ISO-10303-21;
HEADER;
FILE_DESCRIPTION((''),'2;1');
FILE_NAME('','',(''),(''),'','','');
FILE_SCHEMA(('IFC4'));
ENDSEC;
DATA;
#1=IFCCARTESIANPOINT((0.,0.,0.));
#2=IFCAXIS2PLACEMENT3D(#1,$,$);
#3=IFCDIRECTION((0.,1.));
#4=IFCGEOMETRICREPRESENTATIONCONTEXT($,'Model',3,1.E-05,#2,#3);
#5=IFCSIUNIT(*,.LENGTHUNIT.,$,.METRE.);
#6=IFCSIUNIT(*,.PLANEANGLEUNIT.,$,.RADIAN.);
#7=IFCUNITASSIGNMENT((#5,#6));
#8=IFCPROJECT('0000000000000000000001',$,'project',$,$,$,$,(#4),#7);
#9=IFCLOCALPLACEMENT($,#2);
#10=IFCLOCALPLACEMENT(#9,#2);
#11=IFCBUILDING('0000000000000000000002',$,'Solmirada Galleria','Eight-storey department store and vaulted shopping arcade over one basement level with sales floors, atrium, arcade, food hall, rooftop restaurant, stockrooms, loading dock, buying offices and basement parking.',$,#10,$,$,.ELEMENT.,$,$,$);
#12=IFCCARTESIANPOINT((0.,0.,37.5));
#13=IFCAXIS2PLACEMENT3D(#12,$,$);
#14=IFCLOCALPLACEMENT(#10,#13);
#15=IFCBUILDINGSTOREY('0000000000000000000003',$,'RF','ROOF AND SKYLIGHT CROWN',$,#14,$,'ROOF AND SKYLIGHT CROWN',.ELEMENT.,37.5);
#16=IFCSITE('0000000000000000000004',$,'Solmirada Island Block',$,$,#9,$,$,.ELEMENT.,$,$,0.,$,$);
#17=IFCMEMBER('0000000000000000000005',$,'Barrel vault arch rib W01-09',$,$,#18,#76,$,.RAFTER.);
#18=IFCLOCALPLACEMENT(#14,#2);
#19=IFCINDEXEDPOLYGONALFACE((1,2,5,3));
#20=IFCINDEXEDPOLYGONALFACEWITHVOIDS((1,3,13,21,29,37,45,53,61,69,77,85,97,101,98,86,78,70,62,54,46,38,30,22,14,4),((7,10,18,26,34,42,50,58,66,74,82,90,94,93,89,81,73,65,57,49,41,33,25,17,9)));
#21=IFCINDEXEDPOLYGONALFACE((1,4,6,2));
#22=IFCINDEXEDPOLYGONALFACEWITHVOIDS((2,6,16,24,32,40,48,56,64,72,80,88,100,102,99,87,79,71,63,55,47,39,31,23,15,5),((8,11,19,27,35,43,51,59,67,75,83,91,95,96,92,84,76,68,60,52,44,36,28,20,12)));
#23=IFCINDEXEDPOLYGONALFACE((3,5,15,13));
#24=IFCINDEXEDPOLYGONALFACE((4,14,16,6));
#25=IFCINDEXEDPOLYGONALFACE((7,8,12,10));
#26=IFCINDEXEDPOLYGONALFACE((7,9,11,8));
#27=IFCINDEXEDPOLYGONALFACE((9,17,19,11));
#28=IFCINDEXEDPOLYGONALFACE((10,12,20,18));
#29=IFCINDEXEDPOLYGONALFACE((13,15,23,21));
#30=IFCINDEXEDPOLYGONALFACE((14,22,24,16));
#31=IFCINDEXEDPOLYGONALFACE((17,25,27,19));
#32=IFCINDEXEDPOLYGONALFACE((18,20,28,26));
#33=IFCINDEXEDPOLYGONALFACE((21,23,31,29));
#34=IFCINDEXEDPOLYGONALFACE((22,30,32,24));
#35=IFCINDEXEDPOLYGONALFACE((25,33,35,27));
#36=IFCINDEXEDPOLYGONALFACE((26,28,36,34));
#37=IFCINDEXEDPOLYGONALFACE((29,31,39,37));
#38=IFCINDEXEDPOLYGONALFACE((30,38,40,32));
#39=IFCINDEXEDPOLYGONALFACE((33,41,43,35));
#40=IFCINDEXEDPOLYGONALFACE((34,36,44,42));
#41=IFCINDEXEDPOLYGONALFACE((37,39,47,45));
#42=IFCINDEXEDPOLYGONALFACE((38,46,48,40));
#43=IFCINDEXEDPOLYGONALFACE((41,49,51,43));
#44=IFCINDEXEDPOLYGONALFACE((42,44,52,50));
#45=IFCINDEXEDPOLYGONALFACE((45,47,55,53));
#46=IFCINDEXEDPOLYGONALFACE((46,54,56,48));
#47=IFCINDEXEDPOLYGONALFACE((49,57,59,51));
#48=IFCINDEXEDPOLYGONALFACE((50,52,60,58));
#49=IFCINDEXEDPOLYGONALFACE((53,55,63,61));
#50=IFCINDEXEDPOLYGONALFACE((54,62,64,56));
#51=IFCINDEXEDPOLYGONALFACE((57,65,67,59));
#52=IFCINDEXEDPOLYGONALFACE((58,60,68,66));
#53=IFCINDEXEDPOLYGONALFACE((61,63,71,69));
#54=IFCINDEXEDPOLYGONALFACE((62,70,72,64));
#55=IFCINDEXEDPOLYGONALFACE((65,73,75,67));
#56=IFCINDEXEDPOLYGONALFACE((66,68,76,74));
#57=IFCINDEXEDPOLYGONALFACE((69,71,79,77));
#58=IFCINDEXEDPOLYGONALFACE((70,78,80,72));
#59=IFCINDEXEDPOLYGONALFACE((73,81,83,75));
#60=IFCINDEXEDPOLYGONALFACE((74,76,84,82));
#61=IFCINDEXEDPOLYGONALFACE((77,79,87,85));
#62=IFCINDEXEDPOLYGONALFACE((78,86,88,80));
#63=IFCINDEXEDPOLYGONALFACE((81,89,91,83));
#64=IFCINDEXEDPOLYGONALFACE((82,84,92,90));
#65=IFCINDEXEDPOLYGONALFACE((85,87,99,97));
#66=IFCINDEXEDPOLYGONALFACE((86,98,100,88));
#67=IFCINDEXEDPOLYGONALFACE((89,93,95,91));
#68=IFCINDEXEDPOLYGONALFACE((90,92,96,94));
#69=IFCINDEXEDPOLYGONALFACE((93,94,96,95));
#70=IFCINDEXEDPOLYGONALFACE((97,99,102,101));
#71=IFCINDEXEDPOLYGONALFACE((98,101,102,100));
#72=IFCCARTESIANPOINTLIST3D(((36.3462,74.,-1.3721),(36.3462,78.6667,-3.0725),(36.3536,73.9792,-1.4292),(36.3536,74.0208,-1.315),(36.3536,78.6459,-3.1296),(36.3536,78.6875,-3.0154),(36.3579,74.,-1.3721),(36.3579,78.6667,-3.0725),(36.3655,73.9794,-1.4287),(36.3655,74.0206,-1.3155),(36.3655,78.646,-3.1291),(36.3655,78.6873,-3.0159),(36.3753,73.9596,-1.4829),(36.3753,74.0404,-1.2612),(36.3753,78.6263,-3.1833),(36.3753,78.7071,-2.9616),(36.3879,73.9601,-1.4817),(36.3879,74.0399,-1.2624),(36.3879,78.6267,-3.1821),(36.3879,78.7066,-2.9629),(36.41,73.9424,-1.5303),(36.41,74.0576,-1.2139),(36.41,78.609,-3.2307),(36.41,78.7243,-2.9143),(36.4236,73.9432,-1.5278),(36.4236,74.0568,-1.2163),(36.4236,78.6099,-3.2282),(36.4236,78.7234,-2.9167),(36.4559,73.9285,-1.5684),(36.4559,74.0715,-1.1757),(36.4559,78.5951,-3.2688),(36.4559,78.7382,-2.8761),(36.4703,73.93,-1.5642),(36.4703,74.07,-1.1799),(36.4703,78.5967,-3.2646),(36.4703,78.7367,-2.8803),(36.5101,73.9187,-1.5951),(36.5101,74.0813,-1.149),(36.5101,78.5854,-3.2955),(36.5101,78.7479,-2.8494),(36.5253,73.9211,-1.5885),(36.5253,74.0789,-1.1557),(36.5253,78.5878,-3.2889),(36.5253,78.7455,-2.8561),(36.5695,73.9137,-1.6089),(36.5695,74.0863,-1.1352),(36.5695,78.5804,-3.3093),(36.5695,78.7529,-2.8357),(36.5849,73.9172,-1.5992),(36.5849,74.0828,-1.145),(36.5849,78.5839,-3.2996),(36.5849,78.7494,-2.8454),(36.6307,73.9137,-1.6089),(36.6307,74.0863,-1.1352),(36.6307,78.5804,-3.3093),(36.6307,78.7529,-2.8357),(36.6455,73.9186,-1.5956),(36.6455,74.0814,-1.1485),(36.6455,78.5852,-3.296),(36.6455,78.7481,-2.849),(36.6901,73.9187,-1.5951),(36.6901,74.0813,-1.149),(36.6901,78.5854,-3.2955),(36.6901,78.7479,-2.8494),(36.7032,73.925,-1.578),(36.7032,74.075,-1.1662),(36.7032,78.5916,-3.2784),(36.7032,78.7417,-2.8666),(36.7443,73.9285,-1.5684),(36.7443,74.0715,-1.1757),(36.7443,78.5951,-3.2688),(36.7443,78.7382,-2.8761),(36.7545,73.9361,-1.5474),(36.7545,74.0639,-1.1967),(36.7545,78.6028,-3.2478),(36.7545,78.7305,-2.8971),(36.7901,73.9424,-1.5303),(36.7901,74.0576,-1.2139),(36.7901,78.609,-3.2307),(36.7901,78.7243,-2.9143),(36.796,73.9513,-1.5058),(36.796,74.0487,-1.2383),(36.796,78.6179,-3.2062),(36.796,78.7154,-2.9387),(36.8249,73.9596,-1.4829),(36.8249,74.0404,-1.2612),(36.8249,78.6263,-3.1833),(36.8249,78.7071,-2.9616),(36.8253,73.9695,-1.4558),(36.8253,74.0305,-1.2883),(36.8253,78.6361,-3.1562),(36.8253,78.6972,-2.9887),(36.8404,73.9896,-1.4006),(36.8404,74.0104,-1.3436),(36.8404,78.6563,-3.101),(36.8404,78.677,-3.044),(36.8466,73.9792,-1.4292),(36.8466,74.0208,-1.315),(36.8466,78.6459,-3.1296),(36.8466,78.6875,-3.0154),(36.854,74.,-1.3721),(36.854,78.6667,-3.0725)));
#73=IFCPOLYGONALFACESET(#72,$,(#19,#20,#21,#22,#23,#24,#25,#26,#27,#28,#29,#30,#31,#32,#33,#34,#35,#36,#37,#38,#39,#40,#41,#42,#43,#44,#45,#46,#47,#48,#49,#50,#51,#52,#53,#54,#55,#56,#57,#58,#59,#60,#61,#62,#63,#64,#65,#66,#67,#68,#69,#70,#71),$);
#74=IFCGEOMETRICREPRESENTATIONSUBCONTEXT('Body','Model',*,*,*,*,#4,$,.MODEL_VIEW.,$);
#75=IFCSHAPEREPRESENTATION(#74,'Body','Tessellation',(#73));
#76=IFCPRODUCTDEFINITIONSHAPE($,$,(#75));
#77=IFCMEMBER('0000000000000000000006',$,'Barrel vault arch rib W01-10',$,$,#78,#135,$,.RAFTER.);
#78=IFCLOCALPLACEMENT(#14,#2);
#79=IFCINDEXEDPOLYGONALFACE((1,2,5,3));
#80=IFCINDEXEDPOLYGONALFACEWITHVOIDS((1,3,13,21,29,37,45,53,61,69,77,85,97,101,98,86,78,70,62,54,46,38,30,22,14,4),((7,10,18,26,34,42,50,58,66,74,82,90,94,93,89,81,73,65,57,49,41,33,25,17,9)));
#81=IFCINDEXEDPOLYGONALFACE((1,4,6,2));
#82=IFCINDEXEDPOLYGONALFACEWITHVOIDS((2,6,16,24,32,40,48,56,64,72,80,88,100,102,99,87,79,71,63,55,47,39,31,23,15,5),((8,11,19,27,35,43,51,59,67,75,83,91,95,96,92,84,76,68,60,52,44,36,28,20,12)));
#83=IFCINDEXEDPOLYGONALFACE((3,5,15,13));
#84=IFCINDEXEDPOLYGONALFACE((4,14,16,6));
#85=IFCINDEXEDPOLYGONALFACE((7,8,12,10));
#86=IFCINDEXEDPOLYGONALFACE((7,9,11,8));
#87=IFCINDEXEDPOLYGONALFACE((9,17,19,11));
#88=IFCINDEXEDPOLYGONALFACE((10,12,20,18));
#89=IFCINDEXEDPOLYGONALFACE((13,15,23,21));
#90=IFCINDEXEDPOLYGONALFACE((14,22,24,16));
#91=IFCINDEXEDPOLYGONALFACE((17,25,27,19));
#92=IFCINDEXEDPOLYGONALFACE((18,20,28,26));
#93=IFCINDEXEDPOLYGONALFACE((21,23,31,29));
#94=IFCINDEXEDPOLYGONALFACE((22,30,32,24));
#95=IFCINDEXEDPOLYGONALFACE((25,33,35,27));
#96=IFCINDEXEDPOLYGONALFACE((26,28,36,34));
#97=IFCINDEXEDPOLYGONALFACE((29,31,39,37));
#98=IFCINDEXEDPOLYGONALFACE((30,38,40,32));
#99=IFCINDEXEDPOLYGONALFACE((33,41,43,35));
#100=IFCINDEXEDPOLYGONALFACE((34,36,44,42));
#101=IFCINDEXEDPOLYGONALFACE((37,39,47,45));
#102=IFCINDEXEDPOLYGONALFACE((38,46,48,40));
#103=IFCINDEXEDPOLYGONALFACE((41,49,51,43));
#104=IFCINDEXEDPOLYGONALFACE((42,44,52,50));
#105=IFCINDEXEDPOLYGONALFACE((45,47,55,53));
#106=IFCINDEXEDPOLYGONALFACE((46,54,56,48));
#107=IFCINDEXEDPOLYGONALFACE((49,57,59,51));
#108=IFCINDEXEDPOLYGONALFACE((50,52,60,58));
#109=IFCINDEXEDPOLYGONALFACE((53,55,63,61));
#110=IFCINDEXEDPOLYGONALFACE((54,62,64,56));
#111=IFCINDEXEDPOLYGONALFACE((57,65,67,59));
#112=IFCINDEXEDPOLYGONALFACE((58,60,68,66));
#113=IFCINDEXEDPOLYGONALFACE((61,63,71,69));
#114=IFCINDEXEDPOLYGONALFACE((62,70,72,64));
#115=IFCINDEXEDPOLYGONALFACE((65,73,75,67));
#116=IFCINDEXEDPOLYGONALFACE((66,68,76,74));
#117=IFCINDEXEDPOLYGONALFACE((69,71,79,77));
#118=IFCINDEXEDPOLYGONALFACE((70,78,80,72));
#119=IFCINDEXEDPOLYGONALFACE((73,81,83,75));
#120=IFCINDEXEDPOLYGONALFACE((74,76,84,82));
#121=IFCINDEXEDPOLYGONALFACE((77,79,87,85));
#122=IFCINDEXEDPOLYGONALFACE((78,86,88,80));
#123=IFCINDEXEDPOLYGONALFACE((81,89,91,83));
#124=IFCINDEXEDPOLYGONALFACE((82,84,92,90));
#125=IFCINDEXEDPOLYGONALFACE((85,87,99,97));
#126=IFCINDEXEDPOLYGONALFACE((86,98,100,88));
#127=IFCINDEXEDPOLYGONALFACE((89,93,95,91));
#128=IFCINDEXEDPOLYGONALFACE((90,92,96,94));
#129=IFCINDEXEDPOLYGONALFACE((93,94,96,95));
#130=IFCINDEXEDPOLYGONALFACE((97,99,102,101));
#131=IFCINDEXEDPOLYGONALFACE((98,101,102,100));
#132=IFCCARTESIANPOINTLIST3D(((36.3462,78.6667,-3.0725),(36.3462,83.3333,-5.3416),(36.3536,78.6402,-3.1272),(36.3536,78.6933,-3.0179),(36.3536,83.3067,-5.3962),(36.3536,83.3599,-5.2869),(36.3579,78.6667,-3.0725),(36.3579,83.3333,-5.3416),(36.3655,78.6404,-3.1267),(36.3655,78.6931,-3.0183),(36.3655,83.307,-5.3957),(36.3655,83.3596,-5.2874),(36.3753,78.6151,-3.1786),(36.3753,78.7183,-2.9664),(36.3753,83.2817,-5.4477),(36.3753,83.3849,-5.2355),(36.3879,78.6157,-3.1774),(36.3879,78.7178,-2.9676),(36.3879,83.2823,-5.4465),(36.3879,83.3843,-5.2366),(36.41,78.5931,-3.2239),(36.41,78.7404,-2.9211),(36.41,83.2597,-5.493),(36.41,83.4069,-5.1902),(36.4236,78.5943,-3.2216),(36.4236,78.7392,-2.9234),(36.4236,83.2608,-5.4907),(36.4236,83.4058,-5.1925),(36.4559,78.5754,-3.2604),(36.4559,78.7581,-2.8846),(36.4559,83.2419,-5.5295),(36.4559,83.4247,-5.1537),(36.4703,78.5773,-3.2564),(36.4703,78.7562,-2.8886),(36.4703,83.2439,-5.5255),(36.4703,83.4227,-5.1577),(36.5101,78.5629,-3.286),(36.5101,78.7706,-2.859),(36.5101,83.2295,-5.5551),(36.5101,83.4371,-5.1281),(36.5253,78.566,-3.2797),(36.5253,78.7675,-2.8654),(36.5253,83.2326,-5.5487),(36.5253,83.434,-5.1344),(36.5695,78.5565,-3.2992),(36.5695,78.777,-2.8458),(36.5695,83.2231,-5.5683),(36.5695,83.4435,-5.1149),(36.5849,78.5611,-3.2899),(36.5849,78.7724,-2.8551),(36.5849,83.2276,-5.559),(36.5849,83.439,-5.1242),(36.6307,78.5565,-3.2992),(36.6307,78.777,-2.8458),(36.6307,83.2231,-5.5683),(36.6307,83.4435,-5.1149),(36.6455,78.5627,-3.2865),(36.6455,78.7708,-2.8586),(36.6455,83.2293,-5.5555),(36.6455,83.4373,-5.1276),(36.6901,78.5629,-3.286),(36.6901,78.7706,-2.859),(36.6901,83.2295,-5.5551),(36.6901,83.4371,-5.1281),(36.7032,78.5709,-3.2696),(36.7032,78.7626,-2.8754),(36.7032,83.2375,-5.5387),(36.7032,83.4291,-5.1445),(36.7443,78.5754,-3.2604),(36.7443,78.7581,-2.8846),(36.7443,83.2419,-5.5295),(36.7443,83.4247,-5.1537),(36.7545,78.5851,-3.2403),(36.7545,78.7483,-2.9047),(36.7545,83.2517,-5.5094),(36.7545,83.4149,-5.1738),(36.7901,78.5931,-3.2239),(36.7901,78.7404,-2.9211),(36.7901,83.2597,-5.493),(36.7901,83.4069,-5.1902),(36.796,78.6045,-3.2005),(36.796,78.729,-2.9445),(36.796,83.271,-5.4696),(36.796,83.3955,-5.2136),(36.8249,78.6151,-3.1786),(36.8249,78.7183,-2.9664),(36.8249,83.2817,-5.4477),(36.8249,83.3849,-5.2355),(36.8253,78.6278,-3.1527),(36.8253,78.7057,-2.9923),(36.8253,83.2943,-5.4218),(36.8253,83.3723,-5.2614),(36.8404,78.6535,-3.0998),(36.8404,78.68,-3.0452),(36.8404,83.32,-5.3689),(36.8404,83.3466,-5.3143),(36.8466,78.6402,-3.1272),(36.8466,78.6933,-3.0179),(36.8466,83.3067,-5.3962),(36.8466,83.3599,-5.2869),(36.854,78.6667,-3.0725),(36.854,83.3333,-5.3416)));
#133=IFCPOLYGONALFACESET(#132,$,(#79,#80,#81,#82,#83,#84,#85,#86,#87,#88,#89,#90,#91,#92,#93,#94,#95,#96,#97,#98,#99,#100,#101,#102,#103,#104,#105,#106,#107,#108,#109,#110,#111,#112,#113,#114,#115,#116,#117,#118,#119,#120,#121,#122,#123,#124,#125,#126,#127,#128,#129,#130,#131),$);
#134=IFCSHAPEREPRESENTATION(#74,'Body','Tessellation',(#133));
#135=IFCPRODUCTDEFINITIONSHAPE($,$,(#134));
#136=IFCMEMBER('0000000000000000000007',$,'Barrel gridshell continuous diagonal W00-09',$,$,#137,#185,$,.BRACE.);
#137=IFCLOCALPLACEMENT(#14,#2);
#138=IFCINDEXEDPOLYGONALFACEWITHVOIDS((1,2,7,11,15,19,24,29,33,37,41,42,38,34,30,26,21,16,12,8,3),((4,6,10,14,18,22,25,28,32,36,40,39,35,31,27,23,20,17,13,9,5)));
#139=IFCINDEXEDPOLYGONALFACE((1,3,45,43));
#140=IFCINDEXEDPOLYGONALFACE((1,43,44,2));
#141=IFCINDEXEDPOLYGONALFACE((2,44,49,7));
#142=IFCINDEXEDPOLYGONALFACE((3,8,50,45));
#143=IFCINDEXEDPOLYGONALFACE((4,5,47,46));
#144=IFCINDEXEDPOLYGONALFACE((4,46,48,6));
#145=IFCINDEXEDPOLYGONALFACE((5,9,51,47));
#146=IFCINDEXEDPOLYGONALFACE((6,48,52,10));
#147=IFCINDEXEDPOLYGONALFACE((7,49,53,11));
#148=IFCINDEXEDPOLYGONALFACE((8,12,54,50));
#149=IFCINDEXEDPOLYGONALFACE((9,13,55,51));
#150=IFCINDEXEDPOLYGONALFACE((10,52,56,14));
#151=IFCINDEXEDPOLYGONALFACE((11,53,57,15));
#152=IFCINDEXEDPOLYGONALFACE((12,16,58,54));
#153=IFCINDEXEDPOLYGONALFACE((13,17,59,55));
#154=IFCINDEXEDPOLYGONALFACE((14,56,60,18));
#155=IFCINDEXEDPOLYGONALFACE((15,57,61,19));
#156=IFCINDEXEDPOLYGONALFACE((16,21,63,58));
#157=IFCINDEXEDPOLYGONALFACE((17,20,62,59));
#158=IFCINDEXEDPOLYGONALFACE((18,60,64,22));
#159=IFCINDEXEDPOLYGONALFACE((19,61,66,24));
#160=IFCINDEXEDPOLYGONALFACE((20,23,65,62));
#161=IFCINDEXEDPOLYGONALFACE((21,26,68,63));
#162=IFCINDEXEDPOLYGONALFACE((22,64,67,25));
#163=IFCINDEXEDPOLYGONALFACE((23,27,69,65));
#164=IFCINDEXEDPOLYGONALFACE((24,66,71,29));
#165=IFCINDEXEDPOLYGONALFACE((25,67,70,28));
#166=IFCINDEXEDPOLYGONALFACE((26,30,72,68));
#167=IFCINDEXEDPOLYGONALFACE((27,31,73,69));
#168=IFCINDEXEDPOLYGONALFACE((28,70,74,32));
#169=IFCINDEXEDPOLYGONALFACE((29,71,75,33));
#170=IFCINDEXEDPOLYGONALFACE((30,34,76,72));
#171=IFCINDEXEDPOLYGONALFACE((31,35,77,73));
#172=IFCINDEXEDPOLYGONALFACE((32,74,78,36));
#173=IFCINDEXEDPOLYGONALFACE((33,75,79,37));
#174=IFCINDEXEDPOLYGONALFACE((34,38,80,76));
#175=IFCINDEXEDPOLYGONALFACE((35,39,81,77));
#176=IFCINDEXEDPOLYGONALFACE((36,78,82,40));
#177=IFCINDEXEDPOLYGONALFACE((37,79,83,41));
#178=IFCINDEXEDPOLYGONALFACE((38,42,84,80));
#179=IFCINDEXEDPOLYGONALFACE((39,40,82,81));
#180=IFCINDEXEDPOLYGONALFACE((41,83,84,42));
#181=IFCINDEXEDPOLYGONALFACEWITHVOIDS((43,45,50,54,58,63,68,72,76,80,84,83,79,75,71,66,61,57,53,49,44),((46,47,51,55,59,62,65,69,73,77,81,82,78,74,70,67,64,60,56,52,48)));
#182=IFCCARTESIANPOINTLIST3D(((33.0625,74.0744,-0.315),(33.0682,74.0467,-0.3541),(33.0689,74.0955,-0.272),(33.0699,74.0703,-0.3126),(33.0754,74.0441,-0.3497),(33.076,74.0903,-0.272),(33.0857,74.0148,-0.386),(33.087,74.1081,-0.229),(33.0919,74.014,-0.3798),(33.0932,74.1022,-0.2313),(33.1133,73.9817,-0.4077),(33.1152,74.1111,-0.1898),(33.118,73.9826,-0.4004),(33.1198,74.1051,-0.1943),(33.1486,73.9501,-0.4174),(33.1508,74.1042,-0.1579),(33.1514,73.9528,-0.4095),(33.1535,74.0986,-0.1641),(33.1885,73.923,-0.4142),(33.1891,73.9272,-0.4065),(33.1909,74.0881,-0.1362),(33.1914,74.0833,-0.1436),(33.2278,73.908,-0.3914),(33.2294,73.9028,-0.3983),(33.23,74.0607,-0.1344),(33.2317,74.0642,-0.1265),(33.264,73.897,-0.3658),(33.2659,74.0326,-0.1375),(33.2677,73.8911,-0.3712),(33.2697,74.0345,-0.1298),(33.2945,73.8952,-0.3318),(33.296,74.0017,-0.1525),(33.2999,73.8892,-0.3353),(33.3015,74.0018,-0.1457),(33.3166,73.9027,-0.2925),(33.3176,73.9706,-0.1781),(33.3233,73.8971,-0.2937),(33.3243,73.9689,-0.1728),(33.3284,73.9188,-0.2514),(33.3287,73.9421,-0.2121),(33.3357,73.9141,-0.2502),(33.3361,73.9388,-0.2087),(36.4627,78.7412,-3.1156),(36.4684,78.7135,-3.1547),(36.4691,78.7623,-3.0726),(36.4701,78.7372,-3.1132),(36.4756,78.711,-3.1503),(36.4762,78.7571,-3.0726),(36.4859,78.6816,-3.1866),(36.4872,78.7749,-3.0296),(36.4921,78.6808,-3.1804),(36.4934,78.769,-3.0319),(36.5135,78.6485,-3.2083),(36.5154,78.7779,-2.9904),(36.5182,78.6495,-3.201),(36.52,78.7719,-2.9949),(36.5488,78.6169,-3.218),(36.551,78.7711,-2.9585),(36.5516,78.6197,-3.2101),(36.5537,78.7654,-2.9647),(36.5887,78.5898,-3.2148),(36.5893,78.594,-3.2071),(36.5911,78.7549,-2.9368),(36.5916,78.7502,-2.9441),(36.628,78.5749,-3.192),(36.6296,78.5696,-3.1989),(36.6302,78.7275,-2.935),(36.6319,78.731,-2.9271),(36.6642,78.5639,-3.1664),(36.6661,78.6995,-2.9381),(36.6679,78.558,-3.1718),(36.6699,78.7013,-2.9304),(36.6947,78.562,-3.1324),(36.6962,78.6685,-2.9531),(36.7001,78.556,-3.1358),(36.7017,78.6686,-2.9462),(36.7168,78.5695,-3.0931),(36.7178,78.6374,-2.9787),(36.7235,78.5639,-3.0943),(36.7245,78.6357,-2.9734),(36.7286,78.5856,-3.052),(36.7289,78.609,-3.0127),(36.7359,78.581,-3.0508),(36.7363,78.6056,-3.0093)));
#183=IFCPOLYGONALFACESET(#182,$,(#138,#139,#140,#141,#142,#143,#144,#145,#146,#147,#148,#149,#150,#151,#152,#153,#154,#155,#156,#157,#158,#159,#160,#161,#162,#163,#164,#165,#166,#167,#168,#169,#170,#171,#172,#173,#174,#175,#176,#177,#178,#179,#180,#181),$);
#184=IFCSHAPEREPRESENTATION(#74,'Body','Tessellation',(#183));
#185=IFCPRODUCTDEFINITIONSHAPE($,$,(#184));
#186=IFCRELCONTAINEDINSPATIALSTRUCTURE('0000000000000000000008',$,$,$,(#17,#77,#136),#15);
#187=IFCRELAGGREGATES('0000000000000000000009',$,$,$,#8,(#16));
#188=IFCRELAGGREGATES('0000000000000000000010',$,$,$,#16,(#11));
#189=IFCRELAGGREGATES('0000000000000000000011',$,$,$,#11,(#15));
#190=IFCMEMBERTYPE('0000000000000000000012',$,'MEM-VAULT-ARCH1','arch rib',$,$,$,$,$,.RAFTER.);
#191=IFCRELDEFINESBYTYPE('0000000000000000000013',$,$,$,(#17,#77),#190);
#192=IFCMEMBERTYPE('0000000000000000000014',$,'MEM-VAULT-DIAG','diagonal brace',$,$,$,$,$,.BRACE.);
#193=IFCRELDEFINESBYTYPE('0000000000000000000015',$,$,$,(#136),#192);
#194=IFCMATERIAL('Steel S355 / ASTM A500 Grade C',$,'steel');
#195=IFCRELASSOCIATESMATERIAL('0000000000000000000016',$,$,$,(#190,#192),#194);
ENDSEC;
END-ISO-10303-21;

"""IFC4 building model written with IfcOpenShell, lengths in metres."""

from ifc_helpers import new_model, si_unit, direction, frame, origin, origin_2d, place, context, subcontext, project, spatial, hollow_circle, extrude, material, material_profile, profile_set, type_object, element, save


model = new_model("IFC4")

# Units and contexts
model_context = context("Model", 3, precision=1e-05, world=origin(), true_north=direction((0.0, 1.0)))
body_context = subcontext(model_context, "Body", "Model", "MODEL_VIEW")
ifc_project = project(units=[si_unit("LENGTHUNIT", "METRE"), si_unit("PLANEANGLEUNIT", "RADIAN")], contexts=[model_context])

# Site, building, storey
site_placement = place(None, origin())
site = spatial("IfcSite", under=ifc_project, at=site_placement, Name="Solmirada Island Block", CompositionType="ELEMENT", RefElevation=0.0)
building_placement = place(site_placement, origin())
building = spatial("IfcBuilding", under=site, at=building_placement, Name="Solmirada Galleria", Description="Eight-storey department store and vaulted shopping arcade over one basement level with sales floors, atrium, arcade, food hall, rooftop restaurant, stockrooms, loading dock, buying offices and basement parking.", CompositionType="ELEMENT")
storey_placement = place(building_placement, frame((0.0, 0.0, 37.5)))
storey = spatial("IfcBuildingStorey", under=building, at=storey_placement, Name="RF", Description="ROOF AND SKYLIGHT CROWN", LongName="ROOF AND SKYLIGHT CROWN", CompositionType="ELEMENT", Elevation=37.5)

# Members
ifc_material_1 = material(Name="Steel S355 / ASTM A500 Grade C", Category="steel")
ifc_material_profile_1 = material_profile(ifc_material_1, hollow_circle(Radius=0.2539, WallThickness=0.0117, at=origin_2d()), Name="HSS20.000X0.500")
ifc_profile_set_1 = profile_set([ifc_material_profile_1], Name="Steel S355 / ASTM A500 Grade C")
member_type_1 = type_object("IfcMemberType", Name="MEM-VAULT-ARCH1", Description="arch rib", PredefinedType="RAFTER", material=ifc_profile_set_1)
member_1_placement = place(storey_placement, frame((36.6001, 74.0, -1.3721), z_axis=(0.0, 0.939571, -0.342355), x_axis=(-1.0, 0.0, 0.0)))
element("IfcMember", 1, at=member_1_placement, inside=storey, type_object=member_type_1, Name="Barrel vault arch rib W01-09", PredefinedType="RAFTER", context=body_context, shape_type="SweptSolid", body=[
    extrude(hollow_circle(Radius=0.2539, WallThickness=0.0117, at=origin_2d()), origin(), (0.0, 0.0, 1.0), 4.9668),
])
member_2_placement = place(storey_placement, frame((36.6001, 78.6667, -3.0725), z_axis=(0.0, 0.899322, -0.437287), x_axis=(-1.0, 0.0, 0.0)))
element("IfcMember", 2, at=member_2_placement, inside=storey, type_object=member_type_1, Name="Barrel vault arch rib W01-10", PredefinedType="RAFTER", context=body_context, shape_type="SweptSolid", body=[
    extrude(hollow_circle(Radius=0.2539, WallThickness=0.0117, at=origin_2d()), origin(), (0.0, 0.0, 1.0), 5.189),
])
ifc_material_profile_2 = material_profile(ifc_material_1, hollow_circle(Radius=0.1621, WallThickness=0.0088, at=origin_2d()), Name="HSS12.750X0.375")
ifc_profile_set_2 = profile_set([ifc_material_profile_2], Name="Steel S355 / ASTM A500 Grade C")
member_type_2 = type_object("IfcMemberType", Name="MEM-VAULT-DIAG", Description="diagonal brace", PredefinedType="BRACE", material=ifc_profile_set_2)
member_3_placement = place(storey_placement, frame((33.2, 74.0, -0.272), z_axis=(0.529836, 0.727207, -0.4364), x_axis=(-0.808229, 0.588868, 0.0)))
element("IfcMember", 3, at=member_3_placement, inside=storey, type_object=member_type_2, Name="Barrel gridshell continuous diagonal W00-09", PredefinedType="BRACE", context=body_context, shape_type="SweptSolid", body=[
    extrude(hollow_circle(Radius=0.1621, WallThickness=0.0088, at=origin_2d()), origin(), (0.0, 0.0, 1.0), 6.4175),
])

save(model, "model.ifc")
